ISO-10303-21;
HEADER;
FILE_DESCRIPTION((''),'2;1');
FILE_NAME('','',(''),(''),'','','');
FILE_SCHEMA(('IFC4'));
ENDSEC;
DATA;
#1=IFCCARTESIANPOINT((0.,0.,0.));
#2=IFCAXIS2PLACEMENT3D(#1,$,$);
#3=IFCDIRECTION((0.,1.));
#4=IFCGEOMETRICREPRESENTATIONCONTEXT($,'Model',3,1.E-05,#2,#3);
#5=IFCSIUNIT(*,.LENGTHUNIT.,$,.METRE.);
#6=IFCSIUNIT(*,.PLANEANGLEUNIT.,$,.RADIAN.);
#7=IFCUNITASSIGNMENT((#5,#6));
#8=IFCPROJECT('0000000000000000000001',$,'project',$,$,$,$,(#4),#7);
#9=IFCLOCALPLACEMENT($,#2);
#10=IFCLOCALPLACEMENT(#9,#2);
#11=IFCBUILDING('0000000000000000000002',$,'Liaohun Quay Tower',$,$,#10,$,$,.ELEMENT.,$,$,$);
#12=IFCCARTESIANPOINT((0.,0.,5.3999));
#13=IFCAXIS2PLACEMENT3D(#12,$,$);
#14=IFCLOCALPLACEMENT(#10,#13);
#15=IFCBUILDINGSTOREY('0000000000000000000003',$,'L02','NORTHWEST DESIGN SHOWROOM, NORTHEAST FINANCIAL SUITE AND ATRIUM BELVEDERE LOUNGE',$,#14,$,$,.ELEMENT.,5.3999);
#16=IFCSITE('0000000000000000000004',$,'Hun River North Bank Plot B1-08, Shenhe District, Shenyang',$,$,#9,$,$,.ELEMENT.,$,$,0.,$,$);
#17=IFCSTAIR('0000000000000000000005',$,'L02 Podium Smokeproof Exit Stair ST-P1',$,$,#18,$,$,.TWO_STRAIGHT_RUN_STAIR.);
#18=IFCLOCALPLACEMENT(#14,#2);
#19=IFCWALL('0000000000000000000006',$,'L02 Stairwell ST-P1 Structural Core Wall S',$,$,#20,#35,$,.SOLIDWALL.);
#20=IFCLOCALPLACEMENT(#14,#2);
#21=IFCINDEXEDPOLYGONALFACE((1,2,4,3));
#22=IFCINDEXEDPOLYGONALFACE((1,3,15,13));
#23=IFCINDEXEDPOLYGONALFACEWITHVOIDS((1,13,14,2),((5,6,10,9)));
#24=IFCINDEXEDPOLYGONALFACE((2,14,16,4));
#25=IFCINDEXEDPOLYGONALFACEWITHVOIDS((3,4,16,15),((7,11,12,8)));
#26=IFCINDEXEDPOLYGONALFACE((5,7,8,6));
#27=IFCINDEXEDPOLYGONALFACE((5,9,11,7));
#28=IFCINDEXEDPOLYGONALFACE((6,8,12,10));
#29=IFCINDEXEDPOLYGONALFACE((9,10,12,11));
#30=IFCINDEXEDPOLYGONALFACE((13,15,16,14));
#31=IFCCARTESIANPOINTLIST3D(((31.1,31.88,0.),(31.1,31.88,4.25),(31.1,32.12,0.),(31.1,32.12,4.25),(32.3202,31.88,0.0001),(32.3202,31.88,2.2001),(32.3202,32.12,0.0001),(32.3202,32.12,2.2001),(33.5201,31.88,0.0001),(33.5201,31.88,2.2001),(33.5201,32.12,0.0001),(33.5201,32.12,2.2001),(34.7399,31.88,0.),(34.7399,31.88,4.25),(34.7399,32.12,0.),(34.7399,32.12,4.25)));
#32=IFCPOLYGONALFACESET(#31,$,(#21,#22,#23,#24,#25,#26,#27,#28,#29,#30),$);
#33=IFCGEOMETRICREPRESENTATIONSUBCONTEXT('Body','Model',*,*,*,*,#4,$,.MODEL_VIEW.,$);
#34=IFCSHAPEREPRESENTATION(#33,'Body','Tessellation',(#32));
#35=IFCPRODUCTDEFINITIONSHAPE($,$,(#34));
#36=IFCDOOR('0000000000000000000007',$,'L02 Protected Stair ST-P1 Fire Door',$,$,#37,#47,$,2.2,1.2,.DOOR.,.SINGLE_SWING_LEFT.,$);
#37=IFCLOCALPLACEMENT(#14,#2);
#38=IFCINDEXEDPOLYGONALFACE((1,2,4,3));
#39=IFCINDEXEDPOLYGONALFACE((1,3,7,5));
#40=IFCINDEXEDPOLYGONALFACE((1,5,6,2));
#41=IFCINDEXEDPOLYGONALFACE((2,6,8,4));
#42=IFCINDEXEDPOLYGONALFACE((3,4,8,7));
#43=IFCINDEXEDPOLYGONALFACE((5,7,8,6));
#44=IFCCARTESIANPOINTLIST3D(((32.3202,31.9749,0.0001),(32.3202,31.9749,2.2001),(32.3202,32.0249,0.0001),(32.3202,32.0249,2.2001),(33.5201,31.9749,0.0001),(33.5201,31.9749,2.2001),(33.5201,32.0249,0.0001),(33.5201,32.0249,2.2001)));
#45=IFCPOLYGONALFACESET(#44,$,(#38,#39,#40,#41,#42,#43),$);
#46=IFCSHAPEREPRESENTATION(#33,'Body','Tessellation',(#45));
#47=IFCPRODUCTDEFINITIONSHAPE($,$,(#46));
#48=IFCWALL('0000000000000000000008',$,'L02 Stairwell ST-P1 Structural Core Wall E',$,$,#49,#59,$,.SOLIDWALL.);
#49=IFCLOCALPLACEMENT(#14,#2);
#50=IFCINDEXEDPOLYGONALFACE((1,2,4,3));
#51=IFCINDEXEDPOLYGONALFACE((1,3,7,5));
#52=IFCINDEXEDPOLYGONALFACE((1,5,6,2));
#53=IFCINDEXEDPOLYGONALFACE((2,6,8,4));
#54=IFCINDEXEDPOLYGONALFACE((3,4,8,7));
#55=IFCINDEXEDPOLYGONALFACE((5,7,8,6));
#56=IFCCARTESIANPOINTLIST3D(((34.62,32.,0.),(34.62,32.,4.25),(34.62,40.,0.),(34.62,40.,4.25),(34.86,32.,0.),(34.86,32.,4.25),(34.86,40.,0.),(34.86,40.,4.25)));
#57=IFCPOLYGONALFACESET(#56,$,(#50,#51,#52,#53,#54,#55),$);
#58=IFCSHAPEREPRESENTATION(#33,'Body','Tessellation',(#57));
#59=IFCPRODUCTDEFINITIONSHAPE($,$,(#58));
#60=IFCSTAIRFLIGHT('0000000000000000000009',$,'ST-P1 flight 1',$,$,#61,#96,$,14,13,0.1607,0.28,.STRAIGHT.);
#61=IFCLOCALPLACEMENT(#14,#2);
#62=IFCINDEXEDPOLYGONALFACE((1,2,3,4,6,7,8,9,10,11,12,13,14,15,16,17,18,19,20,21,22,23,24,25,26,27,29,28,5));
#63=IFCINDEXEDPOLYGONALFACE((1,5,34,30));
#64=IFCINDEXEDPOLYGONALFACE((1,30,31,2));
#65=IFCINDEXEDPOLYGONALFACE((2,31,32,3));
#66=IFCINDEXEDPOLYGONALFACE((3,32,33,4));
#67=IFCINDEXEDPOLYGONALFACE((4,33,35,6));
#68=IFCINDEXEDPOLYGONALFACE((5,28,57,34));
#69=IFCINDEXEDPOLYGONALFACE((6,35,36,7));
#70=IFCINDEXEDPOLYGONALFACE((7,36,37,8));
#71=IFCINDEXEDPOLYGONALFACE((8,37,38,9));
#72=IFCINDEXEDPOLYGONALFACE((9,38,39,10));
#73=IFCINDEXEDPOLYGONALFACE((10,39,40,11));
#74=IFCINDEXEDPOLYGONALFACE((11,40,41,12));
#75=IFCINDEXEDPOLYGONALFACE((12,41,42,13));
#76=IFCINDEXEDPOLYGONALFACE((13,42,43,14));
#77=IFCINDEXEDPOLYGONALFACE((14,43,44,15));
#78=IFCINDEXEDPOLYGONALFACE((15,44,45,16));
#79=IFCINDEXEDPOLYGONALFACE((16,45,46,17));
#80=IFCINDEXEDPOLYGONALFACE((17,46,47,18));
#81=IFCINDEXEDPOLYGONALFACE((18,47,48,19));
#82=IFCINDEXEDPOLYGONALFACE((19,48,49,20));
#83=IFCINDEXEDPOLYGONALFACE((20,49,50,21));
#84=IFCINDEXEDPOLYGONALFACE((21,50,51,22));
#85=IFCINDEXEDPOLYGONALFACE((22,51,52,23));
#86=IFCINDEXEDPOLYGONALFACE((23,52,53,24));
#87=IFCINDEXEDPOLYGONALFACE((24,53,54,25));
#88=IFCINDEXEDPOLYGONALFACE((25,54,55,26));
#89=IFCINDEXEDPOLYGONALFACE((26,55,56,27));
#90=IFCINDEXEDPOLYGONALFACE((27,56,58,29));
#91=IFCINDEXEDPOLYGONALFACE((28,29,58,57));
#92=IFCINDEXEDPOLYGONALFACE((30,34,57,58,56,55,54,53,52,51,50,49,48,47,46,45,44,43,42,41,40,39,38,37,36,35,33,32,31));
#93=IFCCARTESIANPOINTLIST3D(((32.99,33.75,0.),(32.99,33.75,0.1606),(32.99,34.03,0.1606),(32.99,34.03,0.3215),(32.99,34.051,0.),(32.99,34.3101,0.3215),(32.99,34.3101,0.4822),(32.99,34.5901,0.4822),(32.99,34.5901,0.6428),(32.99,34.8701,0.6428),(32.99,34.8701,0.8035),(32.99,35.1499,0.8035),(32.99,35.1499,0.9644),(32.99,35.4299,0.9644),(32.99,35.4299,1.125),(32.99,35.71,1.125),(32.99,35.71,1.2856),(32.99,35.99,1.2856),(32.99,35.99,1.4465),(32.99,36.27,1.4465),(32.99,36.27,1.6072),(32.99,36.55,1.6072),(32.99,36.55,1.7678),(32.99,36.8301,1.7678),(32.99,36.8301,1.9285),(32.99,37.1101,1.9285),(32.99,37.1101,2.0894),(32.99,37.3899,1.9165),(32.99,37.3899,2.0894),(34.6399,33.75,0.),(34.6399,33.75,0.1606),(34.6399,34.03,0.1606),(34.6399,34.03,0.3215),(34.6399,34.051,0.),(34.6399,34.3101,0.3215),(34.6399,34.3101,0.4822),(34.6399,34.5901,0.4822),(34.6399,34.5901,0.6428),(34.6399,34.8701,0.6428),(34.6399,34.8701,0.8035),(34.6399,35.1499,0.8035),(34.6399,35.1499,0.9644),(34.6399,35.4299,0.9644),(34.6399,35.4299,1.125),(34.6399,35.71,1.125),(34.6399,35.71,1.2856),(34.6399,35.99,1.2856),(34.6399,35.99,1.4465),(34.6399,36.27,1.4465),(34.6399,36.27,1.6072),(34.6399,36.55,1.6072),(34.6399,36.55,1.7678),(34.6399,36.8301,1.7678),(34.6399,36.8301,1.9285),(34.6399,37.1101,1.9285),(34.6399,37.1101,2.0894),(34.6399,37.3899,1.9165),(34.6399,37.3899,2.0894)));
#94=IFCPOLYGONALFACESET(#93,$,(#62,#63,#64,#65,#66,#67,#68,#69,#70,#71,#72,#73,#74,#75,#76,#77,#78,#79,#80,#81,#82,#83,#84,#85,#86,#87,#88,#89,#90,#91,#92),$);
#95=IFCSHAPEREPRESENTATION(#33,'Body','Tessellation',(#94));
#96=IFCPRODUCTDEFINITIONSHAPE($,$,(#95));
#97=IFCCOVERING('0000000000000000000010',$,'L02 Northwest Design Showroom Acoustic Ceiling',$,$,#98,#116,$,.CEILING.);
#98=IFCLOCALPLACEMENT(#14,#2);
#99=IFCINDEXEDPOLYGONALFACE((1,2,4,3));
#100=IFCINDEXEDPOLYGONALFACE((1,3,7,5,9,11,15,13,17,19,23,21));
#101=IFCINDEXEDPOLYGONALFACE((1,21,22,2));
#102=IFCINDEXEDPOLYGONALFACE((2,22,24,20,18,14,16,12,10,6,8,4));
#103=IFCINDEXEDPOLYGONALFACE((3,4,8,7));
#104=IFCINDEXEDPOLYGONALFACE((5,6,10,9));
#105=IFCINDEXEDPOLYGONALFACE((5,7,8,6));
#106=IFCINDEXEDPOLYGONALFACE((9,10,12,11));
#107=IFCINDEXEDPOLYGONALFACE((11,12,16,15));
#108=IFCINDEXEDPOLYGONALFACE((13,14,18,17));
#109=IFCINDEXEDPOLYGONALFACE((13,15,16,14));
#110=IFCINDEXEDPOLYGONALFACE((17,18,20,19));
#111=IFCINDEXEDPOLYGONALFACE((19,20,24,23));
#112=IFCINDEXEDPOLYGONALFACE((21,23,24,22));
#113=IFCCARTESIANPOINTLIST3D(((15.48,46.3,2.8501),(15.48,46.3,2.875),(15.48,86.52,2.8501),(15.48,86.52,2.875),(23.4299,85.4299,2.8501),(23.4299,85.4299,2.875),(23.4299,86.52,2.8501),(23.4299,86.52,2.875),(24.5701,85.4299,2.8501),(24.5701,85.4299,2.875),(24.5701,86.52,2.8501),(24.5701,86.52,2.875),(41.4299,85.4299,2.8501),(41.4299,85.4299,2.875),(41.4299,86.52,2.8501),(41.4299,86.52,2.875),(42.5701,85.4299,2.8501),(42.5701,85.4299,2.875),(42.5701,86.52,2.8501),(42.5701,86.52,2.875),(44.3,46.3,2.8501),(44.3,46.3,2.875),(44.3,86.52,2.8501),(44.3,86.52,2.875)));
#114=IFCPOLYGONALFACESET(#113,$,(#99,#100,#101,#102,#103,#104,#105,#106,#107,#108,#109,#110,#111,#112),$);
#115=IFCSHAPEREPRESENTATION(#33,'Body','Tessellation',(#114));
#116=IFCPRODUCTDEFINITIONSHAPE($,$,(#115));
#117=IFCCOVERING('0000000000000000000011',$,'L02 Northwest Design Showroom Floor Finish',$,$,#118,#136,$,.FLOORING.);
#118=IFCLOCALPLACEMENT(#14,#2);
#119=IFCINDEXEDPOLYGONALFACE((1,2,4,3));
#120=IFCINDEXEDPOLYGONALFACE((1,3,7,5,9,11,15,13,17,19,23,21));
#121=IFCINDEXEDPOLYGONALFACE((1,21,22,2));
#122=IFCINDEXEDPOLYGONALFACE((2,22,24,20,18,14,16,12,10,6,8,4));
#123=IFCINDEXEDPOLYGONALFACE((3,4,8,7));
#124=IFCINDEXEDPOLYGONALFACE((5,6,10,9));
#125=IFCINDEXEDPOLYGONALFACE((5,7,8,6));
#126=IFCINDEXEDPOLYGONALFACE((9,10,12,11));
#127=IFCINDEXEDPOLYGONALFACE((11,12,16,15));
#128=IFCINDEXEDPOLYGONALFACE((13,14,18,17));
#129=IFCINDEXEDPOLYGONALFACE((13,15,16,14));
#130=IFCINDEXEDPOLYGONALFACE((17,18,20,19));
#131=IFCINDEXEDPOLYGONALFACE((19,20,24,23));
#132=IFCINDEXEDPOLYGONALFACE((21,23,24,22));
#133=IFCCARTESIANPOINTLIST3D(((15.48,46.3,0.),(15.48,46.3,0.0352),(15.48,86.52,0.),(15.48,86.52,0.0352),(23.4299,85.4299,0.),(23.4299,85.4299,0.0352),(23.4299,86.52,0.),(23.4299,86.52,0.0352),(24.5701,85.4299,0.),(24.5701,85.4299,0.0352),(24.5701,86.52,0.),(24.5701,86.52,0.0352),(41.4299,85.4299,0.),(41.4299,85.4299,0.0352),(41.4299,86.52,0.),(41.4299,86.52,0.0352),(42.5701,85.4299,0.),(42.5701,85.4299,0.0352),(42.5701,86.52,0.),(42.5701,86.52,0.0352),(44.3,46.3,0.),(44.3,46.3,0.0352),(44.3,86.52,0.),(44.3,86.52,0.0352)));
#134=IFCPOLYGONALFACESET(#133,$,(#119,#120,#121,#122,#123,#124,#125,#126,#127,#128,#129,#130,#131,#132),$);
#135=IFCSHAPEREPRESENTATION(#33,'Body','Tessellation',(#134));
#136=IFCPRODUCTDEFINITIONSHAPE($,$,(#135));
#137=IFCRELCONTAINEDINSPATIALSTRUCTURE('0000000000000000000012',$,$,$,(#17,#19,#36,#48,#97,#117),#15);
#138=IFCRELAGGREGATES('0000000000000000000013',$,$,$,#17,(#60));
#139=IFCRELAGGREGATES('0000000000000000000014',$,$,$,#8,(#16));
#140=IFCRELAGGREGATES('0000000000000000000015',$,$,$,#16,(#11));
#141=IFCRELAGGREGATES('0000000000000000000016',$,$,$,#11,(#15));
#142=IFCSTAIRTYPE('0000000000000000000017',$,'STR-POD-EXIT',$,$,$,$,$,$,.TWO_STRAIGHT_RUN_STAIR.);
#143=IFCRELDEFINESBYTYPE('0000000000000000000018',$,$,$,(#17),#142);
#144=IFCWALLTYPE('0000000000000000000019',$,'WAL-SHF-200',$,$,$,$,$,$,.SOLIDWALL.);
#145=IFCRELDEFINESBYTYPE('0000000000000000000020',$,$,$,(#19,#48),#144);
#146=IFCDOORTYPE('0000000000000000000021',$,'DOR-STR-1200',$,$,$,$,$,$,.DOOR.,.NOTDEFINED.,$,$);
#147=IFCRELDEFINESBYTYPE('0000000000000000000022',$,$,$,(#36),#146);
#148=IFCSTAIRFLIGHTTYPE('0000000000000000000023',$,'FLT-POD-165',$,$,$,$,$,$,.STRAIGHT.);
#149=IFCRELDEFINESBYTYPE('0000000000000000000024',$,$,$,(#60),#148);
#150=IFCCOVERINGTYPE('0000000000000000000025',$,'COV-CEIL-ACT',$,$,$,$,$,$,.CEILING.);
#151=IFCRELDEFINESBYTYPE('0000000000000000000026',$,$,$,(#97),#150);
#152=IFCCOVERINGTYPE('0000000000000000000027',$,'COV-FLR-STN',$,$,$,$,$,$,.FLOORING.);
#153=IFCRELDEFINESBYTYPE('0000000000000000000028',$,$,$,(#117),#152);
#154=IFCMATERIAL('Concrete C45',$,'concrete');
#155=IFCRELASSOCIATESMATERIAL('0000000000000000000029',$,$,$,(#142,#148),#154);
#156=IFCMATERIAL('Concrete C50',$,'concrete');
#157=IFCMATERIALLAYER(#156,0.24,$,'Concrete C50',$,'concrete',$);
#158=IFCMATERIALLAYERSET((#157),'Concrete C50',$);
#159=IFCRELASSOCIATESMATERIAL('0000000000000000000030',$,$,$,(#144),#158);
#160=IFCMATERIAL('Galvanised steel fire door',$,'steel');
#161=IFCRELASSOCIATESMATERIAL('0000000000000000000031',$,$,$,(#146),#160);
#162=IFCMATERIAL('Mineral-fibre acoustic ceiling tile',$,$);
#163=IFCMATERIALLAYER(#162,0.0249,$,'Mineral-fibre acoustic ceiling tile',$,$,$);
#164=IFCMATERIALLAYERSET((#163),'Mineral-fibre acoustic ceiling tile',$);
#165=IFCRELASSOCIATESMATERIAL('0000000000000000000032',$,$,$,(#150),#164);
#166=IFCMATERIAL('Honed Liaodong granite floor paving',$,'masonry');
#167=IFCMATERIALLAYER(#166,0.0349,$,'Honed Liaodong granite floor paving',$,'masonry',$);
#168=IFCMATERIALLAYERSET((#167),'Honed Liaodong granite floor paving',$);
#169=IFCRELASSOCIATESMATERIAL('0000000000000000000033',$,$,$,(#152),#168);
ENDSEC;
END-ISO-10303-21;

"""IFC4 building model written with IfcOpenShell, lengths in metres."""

from ifc_helpers import new_model, si_unit, direction, frame, frame_2d, origin, place, context, subcontext, project, spatial, polyline, rectangle, outline, extrude, source, transform, mapped, material, layer, layer_set, type_object, element, fill, aggregate, save


model = new_model("IFC4")

# Units and contexts
model_context = context("Model", 3, precision=1e-05, world=origin(), true_north=direction((0.0, 1.0)))
body_context = subcontext(model_context, "Body", "Model", "MODEL_VIEW")
ifc_project = project(units=[si_unit("LENGTHUNIT", "METRE"), si_unit("PLANEANGLEUNIT", "RADIAN")], contexts=[model_context])

# Site, building, storey
site_placement = place(None, origin())
site = spatial("IfcSite", under=ifc_project, at=site_placement, Name="Hun River North Bank Plot B1-08, Shenhe District, Shenyang", CompositionType="ELEMENT", RefElevation=0.0)
building_placement = place(site_placement, origin())
building = spatial("IfcBuilding", under=site, at=building_placement, Name="Liaohun Quay Tower", CompositionType="ELEMENT")
storey_placement = place(building_placement, frame((0.0, 0.0, 5.3999)))
storey = spatial("IfcBuildingStorey", under=building, at=storey_placement, Name="L02", Description="NORTHWEST DESIGN SHOWROOM, NORTHEAST FINANCIAL SUITE AND ATRIUM BELVEDERE LOUNGE", CompositionType="ELEMENT", Elevation=5.3999)

# Stair
ifc_material_1 = material(Name="Concrete C45", Category="concrete")
stair_type_1 = type_object("IfcStairType", Name="STR-POD-EXIT", PredefinedType="TWO_STRAIGHT_RUN_STAIR", material=ifc_material_1)
stair_1_placement = place(storey_placement, origin())
stair_1 = element("IfcStair", 1, at=stair_1_placement, inside=storey, type_object=stair_type_1, Name="L02 Podium Smokeproof Exit Stair ST-P1", PredefinedType="TWO_STRAIGHT_RUN_STAIR")

# Wall, opening, door
ifc_material_2 = material(Name="Concrete C50", Category="concrete")
ifc_layer_1 = layer(ifc_material_2, 0.24, Name="Concrete C50", Category="concrete")
ifc_layer_set_1 = layer_set([ifc_layer_1], Name="Concrete C50")
wall_type_1 = type_object("IfcWallType", Name="WAL-SHF-200", PredefinedType="SOLIDWALL", material=ifc_layer_set_1)
wall_1_placement = place(storey_placement, frame((31.1001, 32.0, 0.0), z_axis=(0.0, 0.0, 1.0), x_axis=(1.0, 0.0, 0.0)))
wall_1 = element("IfcWall", 2, at=wall_1_placement, inside=storey, type_object=wall_type_1, Name="L02 Stairwell ST-P1 Structural Core Wall S", PredefinedType="SOLIDWALL", context=body_context, shape_type="SweptSolid", body=[
    extrude(rectangle(XDim=3.6399, YDim=0.24, at=frame_2d((1.8198, 0.0))), origin(), (0.0, 0.0, 1.0), 4.25),
])
shared_shape_1 = source(origin(), body_context, "Body", "SweptSolid", [
    extrude(rectangle(XDim=1.2, YDim=2.2, at=frame_2d((0.6001, 1.1001))), frame((0.0, 0.1299, 0.0), z_axis=(0.0, -1.0, 0.0), x_axis=(1.0, 0.0, 0.0)), (0.0, 0.0, 1.0), 0.26),
])
opening_1_placement = place(wall_1_placement, frame((1.22, 0.0, 0.0)))
opening_1 = element("IfcOpeningElement", 3, at=opening_1_placement, cuts=wall_1, PredefinedType="OPENING", context=body_context, shape_type="MappedRepresentation", body=[
    mapped(shared_shape_1, transform((0.0, 0.0, 0.0), x_axis=(1.0, 0.0, 0.0), y_axis=(0.0, 1.0, 0.0), z_axis=(0.0, 0.0, 1.0), scale=1.0)),
])
ifc_material_3 = material(Name="Galvanised steel fire door", Category="steel")
door_type = type_object("IfcDoorType", Name="DOR-STR-1200", OperationType="NOTDEFINED", PredefinedType="DOOR", material=ifc_material_3)
shared_shape_2 = source(origin(), body_context, "Body", "SweptSolid", [
    extrude(rectangle(XDim=1.2, YDim=2.2, at=frame_2d((0.6001, 1.1001))), frame((0.0, 0.0249, 0.0), z_axis=(0.0, -1.0, 0.0), x_axis=(1.0, 0.0, 0.0)), (0.0, 0.0, 1.0), 0.05),
])
door_placement = place(opening_1_placement, origin())
door = element("IfcDoor", 4, at=door_placement, inside=storey, type_object=door_type, Name="L02 Protected Stair ST-P1 Fire Door", OperationType="SINGLE_SWING_LEFT", OverallHeight=2.2, OverallWidth=1.2, PredefinedType="DOOR", context=body_context, shape_type="MappedRepresentation", body=[
    mapped(shared_shape_2, transform((0.0, 0.0, 0.0), x_axis=(1.0, 0.0, 0.0), y_axis=(0.0, 1.0, 0.0), z_axis=(0.0, 0.0, 1.0), scale=1.0)),
])
fill(opening_1, door)

# Wall
wall_2_placement = place(storey_placement, frame((34.74, 32.0, 0.0), z_axis=(0.0, 0.0, 1.0), x_axis=(0.0, 1.0, 0.0)))
element("IfcWall", 5, at=wall_2_placement, inside=storey, type_object=wall_type_1, Name="L02 Stairwell ST-P1 Structural Core Wall E", PredefinedType="SOLIDWALL", context=body_context, shape_type="SweptSolid", body=[
    extrude(rectangle(XDim=8.0, YDim=0.24, at=frame_2d((4.0, 0.0))), origin(), (0.0, 0.0, 1.0), 4.25),
])

# Stair flight
stair_flight_type = type_object("IfcStairFlightType", Name="FLT-POD-165", PredefinedType="STRAIGHT", material=ifc_material_1)
stair_flight_placement = place(storey_placement, frame((33.8149, 33.75, 0.0), z_axis=(0.0, 0.0, 1.0), x_axis=(0.0, 1.0, 0.0)))
stair_flight = element("IfcStairFlight", 6, at=stair_flight_placement, type_object=stair_flight_type, Name="ST-P1 flight 1", NumberOfRisers=14, NumberOfTreads=13, PredefinedType="STRAIGHT", RiserHeight=0.1607, TreadLength=0.28, context=body_context, shape_type="SweptSolid", body=[
    extrude(outline(polyline([(0.0, 0.0), (0.0, 0.1606), (0.28, 0.1606), (0.28, 0.3215), (0.5601, 0.3215), (0.5601, 0.4822), (0.8401, 0.4822), (0.8401, 0.6428), (1.1201, 0.6428), (1.1201, 0.8035), (1.3999, 0.8035), (1.3999, 0.9644), (1.6799, 0.9644), (1.6799, 1.125), (1.96, 1.125), (1.96, 1.2856), (2.24, 1.2856), (2.24, 1.4465), (2.52, 1.4465), (2.52, 1.6072), (2.8, 1.6072), (2.8, 1.7678), (3.0801, 1.7678), (3.0801, 1.9285), (3.3601, 1.9285), (3.3601, 2.0894), (3.6399, 2.0894), (3.6399, 2.25), (3.6399, 1.9165), (0.301, 0.0), (0.0, 0.0)])), frame((0.0, 0.825, 0.0), z_axis=(0.0, -1.0, 0.0), x_axis=(1.0, 0.0, 0.0)), (0.0, 0.0, 1.0), 1.6499),
])
aggregate(stair_1, [stair_flight])

# Coverings
ifc_material_4 = material(Name="Mineral-fibre acoustic ceiling tile")
ifc_layer_2 = layer(ifc_material_4, 0.0249, Name="Mineral-fibre acoustic ceiling tile")
ifc_layer_set_2 = layer_set([ifc_layer_2], Name="Mineral-fibre acoustic ceiling tile")
covering_type_1 = type_object("IfcCoveringType", Name="COV-CEIL-ACT", PredefinedType="CEILING", material=ifc_layer_set_2)
covering_1_placement = place(storey_placement, frame((0.0, 0.0, 2.8501)))
element("IfcCovering", 7, at=covering_1_placement, inside=storey, type_object=covering_type_1, Name="L02 Northwest Design Showroom Acoustic Ceiling", PredefinedType="CEILING", context=body_context, shape_type="SweptSolid", body=[
    extrude(outline(polyline([(42.5701, 86.52), (42.5701, 85.4299), (41.4299, 85.4299), (41.4299, 86.52), (24.5701, 86.52), (24.5701, 85.4299), (23.4299, 85.4299), (23.4299, 86.52), (15.48, 86.52), (15.48, 46.3), (44.3, 46.3), (44.3, 86.52), (42.5701, 86.52)])), origin(), (0.0, 0.0, 1.0), 0.0249),
])
ifc_material_5 = material(Name="Honed Liaodong granite floor paving", Category="masonry")
ifc_layer_3 = layer(ifc_material_5, 0.0349, Name="Honed Liaodong granite floor paving", Category="masonry")
ifc_layer_set_3 = layer_set([ifc_layer_3], Name="Honed Liaodong granite floor paving")
covering_type_2 = type_object("IfcCoveringType", Name="COV-FLR-STN", PredefinedType="FLOORING", material=ifc_layer_set_3)
covering_2_placement = place(storey_placement, origin())
element("IfcCovering", 8, at=covering_2_placement, inside=storey, type_object=covering_type_2, Name="L02 Northwest Design Showroom Floor Finish", PredefinedType="FLOORING", context=body_context, shape_type="SweptSolid", body=[
    extrude(outline(polyline([(42.5701, 86.52), (42.5701, 85.4299), (41.4299, 85.4299), (41.4299, 86.52), (24.5701, 86.52), (24.5701, 85.4299), (23.4299, 85.4299), (23.4299, 86.52), (15.48, 86.52), (15.48, 46.3), (44.3, 46.3), (44.3, 86.52), (42.5701, 86.52)])), origin(), (0.0, 0.0, 1.0), 0.0352),
])

save(model, "model.ifc")
